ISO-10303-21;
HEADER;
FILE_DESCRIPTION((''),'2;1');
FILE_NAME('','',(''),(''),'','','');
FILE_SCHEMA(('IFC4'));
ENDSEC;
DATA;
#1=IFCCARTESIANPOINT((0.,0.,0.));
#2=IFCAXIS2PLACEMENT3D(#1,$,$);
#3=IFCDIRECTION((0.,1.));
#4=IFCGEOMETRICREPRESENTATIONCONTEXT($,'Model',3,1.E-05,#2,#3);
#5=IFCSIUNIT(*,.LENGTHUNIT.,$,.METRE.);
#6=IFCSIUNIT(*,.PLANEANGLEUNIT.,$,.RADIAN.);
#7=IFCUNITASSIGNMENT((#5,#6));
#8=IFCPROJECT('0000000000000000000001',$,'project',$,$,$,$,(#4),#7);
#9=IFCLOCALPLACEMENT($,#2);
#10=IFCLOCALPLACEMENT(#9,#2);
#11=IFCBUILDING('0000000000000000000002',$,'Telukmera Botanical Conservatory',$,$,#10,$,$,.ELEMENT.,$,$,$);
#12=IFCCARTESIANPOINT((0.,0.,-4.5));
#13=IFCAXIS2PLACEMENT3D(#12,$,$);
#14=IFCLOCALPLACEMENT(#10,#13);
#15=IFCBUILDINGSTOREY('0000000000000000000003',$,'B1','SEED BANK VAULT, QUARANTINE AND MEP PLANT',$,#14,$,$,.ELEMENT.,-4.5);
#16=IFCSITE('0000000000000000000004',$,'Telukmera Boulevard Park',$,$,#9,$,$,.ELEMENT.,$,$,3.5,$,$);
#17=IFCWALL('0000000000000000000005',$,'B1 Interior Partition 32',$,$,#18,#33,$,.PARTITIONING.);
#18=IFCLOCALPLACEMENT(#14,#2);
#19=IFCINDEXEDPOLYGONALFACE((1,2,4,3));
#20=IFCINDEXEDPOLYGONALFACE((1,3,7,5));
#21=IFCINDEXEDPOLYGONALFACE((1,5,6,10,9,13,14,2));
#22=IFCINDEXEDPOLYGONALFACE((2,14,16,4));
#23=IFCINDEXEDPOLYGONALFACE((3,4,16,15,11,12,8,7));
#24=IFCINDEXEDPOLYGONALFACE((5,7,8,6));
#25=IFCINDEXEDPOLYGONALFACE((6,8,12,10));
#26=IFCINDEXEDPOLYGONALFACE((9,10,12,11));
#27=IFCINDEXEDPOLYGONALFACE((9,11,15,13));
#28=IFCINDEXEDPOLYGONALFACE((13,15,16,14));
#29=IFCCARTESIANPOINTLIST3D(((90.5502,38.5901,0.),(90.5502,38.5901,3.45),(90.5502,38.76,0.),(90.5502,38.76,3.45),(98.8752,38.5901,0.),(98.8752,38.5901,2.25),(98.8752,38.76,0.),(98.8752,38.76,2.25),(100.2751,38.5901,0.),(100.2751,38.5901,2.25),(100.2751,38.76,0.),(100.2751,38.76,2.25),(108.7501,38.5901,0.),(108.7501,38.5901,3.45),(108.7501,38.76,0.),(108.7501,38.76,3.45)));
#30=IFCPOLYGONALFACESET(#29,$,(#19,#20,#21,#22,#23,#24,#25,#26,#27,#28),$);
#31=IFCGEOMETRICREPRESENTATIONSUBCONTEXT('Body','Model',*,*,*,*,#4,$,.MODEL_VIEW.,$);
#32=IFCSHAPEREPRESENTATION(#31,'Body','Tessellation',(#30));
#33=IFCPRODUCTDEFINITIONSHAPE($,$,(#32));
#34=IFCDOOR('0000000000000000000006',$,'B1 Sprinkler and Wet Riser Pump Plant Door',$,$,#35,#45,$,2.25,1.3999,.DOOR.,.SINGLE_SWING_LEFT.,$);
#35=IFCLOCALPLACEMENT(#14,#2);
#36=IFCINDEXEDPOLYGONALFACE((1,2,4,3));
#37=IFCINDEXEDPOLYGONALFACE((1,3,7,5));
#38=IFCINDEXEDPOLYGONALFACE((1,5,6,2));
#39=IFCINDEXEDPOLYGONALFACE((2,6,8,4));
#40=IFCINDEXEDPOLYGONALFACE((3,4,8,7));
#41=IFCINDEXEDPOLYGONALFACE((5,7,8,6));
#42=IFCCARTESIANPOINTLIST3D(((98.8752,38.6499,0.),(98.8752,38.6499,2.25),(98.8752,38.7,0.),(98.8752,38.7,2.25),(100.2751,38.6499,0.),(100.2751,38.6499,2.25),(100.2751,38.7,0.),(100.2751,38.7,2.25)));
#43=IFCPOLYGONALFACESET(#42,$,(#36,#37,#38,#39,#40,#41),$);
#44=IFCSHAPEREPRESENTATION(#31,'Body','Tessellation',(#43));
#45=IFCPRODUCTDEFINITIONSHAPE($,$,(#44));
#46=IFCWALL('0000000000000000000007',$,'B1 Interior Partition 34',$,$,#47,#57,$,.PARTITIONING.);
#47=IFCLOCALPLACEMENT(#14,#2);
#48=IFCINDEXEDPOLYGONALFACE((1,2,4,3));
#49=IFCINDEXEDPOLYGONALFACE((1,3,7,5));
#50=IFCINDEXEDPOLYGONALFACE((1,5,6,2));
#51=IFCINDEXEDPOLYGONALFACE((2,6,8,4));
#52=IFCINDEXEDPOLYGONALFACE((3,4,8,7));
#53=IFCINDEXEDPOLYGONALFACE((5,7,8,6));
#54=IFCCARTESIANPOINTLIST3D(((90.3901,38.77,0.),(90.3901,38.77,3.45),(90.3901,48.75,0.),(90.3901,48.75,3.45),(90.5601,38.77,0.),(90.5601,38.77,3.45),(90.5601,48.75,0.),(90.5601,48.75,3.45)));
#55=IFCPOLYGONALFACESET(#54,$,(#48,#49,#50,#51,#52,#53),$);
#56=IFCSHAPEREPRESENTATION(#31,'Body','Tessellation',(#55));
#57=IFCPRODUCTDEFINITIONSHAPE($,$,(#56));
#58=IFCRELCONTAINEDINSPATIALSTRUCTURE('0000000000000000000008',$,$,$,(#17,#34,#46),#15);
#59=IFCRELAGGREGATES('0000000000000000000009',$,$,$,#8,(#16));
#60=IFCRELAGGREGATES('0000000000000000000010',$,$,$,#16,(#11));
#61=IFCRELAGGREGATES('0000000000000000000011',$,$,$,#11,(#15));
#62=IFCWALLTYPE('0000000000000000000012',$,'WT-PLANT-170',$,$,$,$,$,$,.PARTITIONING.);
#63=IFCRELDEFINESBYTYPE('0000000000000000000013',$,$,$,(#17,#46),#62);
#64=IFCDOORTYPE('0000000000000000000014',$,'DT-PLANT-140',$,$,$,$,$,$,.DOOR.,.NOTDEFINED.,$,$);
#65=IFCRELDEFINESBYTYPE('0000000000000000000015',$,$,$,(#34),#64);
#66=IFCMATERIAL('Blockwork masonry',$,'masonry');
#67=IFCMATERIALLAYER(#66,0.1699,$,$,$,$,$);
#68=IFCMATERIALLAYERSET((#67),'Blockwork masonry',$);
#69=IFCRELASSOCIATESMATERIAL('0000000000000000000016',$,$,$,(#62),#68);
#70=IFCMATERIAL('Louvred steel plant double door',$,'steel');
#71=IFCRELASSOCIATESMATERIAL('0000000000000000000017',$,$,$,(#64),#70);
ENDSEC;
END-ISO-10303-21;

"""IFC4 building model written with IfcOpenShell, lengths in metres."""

from ifc_helpers import new_model, si_unit, direction, frame, frame_2d, origin, place, context, subcontext, project, spatial, rectangle, extrude, material, layer, layer_set, type_object, element, fill, save


model = new_model("IFC4")

# Units and contexts
model_context = context("Model", 3, precision=1e-05, world=origin(), true_north=direction((0.0, 1.0)))
body_context = subcontext(model_context, "Body", "Model", "MODEL_VIEW")
ifc_project = project(units=[si_unit("LENGTHUNIT", "METRE"), si_unit("PLANEANGLEUNIT", "RADIAN")], contexts=[model_context])

# Site, building, storey
site_placement = place(None, origin())
site = spatial("IfcSite", under=ifc_project, at=site_placement, Name="Telukmera Boulevard Park", CompositionType="ELEMENT", RefElevation=3.5)
building_placement = place(site_placement, origin())
building = spatial("IfcBuilding", under=site, at=building_placement, Name="Telukmera Botanical Conservatory", CompositionType="ELEMENT")
storey_placement = place(building_placement, frame((0.0, 0.0, -4.5)))
storey = spatial("IfcBuildingStorey", under=building, at=storey_placement, Name="B1", Description="SEED BANK VAULT, QUARANTINE AND MEP PLANT", CompositionType="ELEMENT", Elevation=-4.5)

# Shared definitions
ifc_material_1 = material(Name="Blockwork masonry", Category="masonry")
ifc_layer = layer(ifc_material_1, 0.1699)
ifc_layer_set = layer_set([ifc_layer], Name="Blockwork masonry")
wall_type = type_object("IfcWallType", Name="WT-PLANT-170", PredefinedType="PARTITIONING", material=ifc_layer_set)

# Wall, opening, door
wall_1_placement = place(storey_placement, frame((90.55, 38.675, 0.0), z_axis=(0.0, 0.0, 1.0), x_axis=(1.0, 0.0, 0.0)))
wall_1 = element("IfcWall", 1, at=wall_1_placement, inside=storey, type_object=wall_type, Name="B1 Interior Partition 32", PredefinedType="PARTITIONING", context=body_context, shape_type="SweptSolid", body=[
    extrude(rectangle(XDim=18.2, YDim=0.1699, at=frame_2d((9.1001, 0.0))), origin(), (0.0, 0.0, 1.0), 3.45),
])
opening_placement = place(wall_1_placement, frame((8.3252, 0.0, 0.0)))
opening = element("IfcOpeningElement", 2, at=opening_placement, cuts=wall_1, PredefinedType="OPENING", context=body_context, shape_type="SweptSolid", body=[
    extrude(rectangle(XDim=1.3999, YDim=2.25, at=frame_2d((0.7, 1.125))), frame((0.0, 0.095, 0.0), z_axis=(0.0, -1.0, 0.0), x_axis=(1.0, 0.0, 0.0)), (0.0, 0.0, 1.0), 0.1899),
])
ifc_material_2 = material(Name="Louvred steel plant double door", Category="steel")
door_type = type_object("IfcDoorType", Name="DT-PLANT-140", OperationType="NOTDEFINED", PredefinedType="DOOR", material=ifc_material_2)
door_placement = place(opening_placement, origin())
door = element("IfcDoor", 3, at=door_placement, inside=storey, type_object=door_type, Name="B1 Sprinkler and Wet Riser Pump Plant Door", OperationType="SINGLE_SWING_LEFT", OverallHeight=2.25, OverallWidth=1.3999, PredefinedType="DOOR", context=body_context, shape_type="SweptSolid", body=[
    extrude(rectangle(XDim=1.3999, YDim=2.25, at=frame_2d((0.7, 1.125))), frame((0.0, 0.0249, 0.0), z_axis=(0.0, -1.0, 0.0), x_axis=(1.0, 0.0, 0.0)), (0.0, 0.0, 1.0), 0.05),
])
fill(opening, door)

# Wall
wall_2_placement = place(storey_placement, frame((90.4751, 38.77, 0.0), z_axis=(0.0, 0.0, 1.0), x_axis=(0.0, 1.0, 0.0)))
element("IfcWall", 4, at=wall_2_placement, inside=storey, type_object=wall_type, Name="B1 Interior Partition 34", PredefinedType="PARTITIONING", context=body_context, shape_type="SweptSolid", body=[
    extrude(rectangle(XDim=9.98, YDim=0.1699, at=frame_2d((4.99, 0.0))), origin(), (0.0, 0.0, 1.0), 3.45),
])

save(model, "model.ifc")
